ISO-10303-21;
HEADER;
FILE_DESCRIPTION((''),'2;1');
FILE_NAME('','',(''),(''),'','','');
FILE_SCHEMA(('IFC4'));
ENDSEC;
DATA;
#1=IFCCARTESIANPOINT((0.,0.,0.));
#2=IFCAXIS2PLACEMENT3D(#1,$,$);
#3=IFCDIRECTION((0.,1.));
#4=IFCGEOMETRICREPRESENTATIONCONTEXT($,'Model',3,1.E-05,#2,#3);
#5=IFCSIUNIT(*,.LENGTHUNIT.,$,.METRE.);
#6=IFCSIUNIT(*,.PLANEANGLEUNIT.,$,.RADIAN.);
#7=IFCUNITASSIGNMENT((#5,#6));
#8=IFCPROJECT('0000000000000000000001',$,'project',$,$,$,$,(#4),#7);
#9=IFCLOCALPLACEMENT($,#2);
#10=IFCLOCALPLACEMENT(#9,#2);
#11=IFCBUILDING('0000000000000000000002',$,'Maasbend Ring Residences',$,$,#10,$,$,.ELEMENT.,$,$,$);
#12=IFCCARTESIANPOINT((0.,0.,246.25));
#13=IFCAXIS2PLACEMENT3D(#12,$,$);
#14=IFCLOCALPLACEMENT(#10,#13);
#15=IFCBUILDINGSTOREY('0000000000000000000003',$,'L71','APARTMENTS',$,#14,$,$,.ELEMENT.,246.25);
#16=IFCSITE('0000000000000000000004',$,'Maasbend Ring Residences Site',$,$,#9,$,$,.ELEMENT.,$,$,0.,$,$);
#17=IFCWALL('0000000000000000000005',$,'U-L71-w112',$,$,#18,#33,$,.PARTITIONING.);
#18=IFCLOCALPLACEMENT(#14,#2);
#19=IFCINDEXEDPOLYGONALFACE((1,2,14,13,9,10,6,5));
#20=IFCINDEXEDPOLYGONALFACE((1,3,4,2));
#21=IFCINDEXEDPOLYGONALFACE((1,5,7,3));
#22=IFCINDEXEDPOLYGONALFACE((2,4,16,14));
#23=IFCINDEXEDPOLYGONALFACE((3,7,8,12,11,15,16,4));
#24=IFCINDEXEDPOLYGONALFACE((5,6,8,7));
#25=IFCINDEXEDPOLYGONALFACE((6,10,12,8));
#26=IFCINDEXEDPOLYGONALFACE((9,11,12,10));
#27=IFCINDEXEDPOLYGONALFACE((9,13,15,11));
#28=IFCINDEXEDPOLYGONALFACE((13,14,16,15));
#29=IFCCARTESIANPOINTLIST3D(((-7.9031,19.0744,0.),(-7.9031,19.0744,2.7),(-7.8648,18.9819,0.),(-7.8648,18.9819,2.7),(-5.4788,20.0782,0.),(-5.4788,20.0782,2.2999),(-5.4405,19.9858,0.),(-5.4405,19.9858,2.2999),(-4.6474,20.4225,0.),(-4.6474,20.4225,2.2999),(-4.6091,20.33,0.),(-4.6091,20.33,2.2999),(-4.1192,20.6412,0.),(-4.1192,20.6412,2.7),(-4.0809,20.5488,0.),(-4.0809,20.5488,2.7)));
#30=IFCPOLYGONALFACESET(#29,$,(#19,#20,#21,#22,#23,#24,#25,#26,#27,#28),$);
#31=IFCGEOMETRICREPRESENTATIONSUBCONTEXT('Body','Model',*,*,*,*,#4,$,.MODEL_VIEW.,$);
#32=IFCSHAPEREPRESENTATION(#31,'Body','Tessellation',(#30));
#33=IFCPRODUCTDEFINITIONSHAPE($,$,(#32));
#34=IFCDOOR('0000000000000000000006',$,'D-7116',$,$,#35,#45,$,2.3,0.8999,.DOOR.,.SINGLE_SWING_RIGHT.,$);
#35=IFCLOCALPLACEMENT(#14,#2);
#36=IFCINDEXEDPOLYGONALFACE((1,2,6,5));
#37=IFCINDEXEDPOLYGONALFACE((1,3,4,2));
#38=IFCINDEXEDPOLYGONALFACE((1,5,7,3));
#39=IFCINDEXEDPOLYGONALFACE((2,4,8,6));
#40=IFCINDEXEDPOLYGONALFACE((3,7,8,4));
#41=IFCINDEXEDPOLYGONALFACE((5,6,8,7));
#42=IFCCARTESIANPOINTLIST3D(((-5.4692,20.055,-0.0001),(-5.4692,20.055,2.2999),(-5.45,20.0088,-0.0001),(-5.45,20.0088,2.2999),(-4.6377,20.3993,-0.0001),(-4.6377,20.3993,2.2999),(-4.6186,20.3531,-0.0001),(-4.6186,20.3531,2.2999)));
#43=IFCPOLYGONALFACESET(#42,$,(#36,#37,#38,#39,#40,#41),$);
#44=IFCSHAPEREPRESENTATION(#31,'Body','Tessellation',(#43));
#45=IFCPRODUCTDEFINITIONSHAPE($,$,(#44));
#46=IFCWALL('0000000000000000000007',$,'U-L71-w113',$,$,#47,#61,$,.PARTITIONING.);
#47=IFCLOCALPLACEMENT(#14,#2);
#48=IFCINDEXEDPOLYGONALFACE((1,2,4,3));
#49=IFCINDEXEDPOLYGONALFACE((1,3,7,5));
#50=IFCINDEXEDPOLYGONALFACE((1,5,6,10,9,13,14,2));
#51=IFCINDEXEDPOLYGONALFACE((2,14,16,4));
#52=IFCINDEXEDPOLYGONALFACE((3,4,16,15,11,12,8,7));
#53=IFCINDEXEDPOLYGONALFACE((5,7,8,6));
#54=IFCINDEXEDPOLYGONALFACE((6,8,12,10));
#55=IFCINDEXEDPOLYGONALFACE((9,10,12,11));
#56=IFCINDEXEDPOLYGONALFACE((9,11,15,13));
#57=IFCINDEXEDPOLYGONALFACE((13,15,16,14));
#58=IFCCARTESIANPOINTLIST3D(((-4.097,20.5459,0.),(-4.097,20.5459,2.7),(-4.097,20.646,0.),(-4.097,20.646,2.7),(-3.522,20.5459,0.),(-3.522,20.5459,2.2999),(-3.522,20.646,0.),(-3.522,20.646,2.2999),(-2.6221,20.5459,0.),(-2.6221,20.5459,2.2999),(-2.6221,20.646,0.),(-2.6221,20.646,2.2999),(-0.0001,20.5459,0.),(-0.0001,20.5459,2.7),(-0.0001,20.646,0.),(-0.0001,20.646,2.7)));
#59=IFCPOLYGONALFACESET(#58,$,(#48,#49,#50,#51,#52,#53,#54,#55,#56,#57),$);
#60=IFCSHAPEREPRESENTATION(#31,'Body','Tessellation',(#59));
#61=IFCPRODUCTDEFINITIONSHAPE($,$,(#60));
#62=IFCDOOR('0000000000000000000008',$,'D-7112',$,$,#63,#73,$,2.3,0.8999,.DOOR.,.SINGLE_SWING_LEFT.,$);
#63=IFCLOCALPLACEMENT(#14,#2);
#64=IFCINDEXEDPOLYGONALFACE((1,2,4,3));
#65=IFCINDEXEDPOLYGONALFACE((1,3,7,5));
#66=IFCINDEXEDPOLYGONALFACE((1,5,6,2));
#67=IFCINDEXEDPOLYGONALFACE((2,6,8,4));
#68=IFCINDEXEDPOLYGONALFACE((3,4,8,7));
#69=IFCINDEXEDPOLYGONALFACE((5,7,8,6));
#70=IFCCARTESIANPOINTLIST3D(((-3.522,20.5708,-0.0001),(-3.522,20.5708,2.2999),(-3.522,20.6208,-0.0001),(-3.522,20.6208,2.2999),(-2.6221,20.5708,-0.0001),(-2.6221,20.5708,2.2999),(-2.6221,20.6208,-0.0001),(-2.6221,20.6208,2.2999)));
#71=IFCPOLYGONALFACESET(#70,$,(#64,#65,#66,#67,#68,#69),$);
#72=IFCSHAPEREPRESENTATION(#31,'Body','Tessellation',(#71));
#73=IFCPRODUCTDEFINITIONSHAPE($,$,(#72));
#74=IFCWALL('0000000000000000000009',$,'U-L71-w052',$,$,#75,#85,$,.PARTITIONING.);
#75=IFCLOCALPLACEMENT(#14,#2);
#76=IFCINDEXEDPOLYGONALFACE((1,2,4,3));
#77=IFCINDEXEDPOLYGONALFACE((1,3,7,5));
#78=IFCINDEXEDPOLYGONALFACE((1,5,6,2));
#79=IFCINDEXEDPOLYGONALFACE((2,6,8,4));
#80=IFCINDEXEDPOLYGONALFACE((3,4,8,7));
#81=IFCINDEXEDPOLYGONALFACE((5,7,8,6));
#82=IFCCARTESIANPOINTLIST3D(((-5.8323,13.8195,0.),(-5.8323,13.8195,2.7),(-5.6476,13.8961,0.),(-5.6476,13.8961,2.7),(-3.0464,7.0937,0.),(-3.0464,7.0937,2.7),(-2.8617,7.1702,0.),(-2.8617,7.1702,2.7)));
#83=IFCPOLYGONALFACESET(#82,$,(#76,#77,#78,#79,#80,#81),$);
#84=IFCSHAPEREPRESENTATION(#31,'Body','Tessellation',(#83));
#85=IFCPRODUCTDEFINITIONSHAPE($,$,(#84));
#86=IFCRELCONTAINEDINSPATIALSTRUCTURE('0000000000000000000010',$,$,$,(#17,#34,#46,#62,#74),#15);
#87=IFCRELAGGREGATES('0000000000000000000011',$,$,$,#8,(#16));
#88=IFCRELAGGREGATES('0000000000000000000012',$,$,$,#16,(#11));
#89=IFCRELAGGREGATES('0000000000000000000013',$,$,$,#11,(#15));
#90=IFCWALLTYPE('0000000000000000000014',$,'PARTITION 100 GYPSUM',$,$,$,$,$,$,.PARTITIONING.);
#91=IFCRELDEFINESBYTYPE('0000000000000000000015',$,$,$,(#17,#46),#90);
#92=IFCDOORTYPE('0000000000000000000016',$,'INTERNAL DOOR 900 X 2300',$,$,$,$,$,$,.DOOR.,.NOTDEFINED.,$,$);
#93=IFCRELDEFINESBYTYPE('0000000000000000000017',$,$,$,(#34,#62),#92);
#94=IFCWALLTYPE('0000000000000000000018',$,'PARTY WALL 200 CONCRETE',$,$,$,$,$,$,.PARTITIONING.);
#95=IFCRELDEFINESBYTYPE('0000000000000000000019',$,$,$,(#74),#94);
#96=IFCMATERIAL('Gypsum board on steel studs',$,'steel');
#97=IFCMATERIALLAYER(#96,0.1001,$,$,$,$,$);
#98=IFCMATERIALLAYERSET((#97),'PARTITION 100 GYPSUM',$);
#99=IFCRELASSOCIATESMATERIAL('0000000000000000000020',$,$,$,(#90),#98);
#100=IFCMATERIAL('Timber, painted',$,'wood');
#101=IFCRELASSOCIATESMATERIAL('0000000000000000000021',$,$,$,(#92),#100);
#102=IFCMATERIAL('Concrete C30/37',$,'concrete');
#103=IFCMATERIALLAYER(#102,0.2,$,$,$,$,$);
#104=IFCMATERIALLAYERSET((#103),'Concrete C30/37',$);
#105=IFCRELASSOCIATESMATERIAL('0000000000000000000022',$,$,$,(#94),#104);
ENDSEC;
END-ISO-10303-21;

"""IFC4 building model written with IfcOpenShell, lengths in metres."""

from ifc_helpers import new_model, si_unit, direction, frame, frame_2d, origin, place, context, subcontext, project, spatial, rectangle, extrude, material, layer, layer_set, type_object, element, fill, save


model = new_model("IFC4")

# Units and contexts
model_context = context("Model", 3, precision=1e-05, world=origin(), true_north=direction((0.0, 1.0)))
body_context = subcontext(model_context, "Body", "Model", "MODEL_VIEW")
ifc_project = project(units=[si_unit("LENGTHUNIT", "METRE"), si_unit("PLANEANGLEUNIT", "RADIAN")], contexts=[model_context])

# Site, building, storey
site_placement = place(None, origin())
site = spatial("IfcSite", under=ifc_project, at=site_placement, Name="Maasbend Ring Residences Site", CompositionType="ELEMENT", RefElevation=0.0)
building_placement = place(site_placement, origin())
building = spatial("IfcBuilding", under=site, at=building_placement, Name="Maasbend Ring Residences", CompositionType="ELEMENT")
storey_placement = place(building_placement, frame((0.0, 0.0, 246.25)))
storey = spatial("IfcBuildingStorey", under=building, at=storey_placement, Name="L71", Description="APARTMENTS", CompositionType="ELEMENT", Elevation=246.25)

# Shared definitions
ifc_material_1 = material(Name="Gypsum board on steel studs", Category="steel")
ifc_layer_1 = layer(ifc_material_1, 0.1001)
ifc_layer_set_1 = layer_set([ifc_layer_1], Name="PARTITION 100 GYPSUM")
wall_type_1 = type_object("IfcWallType", Name="PARTITION 100 GYPSUM", PredefinedType="PARTITIONING", material=ifc_layer_set_1)

# Walls, openings, doors
ifc_material_2 = material(Name="Timber, painted", Category="wood")
door_type_1 = type_object("IfcDoorType", Name="INTERNAL DOOR 900 X 2300", OperationType="NOTDEFINED", PredefinedType="DOOR", material=ifc_material_2)
wall_1_placement = place(storey_placement, frame((-7.884, 19.0281, 0.0), z_axis=(0.0, 0.0, 1.0), x_axis=(0.923919, 0.382587, 0.0)))
wall_1 = element("IfcWall", 1, at=wall_1_placement, inside=storey, type_object=wall_type_1, Name="U-L71-w112", PredefinedType="PARTITIONING", context=body_context, shape_type="SweptSolid", body=[
    extrude(rectangle(XDim=4.0955, YDim=0.1001, at=frame_2d((2.0479, 0.0))), origin(), (0.0, 0.0, 1.0), 2.7),
])
opening_1_placement = place(wall_1_placement, frame((2.624, 0.0, 0.0)))
opening_1 = element("IfcOpeningElement", 2, at=opening_1_placement, cuts=wall_1, PredefinedType="OPENING", context=body_context, shape_type="SweptSolid", body=[
    extrude(rectangle(XDim=0.8999, YDim=2.3, at=frame_2d((0.45, 1.1499))), frame((0.0, 0.0601, 0.0), z_axis=(0.0, -1.0, 0.0), x_axis=(1.0, 0.0, 0.0)), (0.0, 0.0, 1.0), 0.1201),
])
door_1_placement = place(opening_1_placement, origin())
door_1 = element("IfcDoor", 3, at=door_1_placement, inside=storey, type_object=door_type_1, Name="D-7116", OperationType="SINGLE_SWING_RIGHT", OverallHeight=2.3, OverallWidth=0.8999, PredefinedType="DOOR", context=body_context, shape_type="SweptSolid", body=[
    extrude(rectangle(XDim=0.8999, YDim=2.3, at=frame_2d((0.45, 1.1499))), frame((0.0, 0.0249, 0.0), z_axis=(0.0, -1.0, 0.0), x_axis=(1.0, 0.0, 0.0)), (0.0, 0.0, 1.0), 0.05),
])
fill(opening_1, door_1)
wall_2_placement = place(storey_placement, frame((-4.0969, 20.5959, 0.0), z_axis=(0.0, 0.0, 1.0), x_axis=(1.0, 0.0, 0.0)))
wall_2 = element("IfcWall", 4, at=wall_2_placement, inside=storey, type_object=wall_type_1, Name="U-L71-w113", PredefinedType="PARTITIONING", context=body_context, shape_type="SweptSolid", body=[
    extrude(rectangle(XDim=4.0969, YDim=0.1001, at=frame_2d((2.0483, 0.0))), origin(), (0.0, 0.0, 1.0), 2.7),
])
opening_2_placement = place(wall_2_placement, frame((0.575, 0.0, 0.0)))
opening_2 = element("IfcOpeningElement", 5, at=opening_2_placement, cuts=wall_2, PredefinedType="OPENING", context=body_context, shape_type="SweptSolid", body=[
    extrude(rectangle(XDim=0.8999, YDim=2.3, at=frame_2d((0.45, 1.1499))), frame((0.0, 0.0601, 0.0), z_axis=(0.0, -1.0, 0.0), x_axis=(1.0, 0.0, 0.0)), (0.0, 0.0, 1.0), 0.1201),
])
door_2_placement = place(opening_2_placement, origin())
door_2 = element("IfcDoor", 6, at=door_2_placement, inside=storey, type_object=door_type_1, Name="D-7112", OperationType="SINGLE_SWING_LEFT", OverallHeight=2.3, OverallWidth=0.8999, PredefinedType="DOOR", context=body_context, shape_type="SweptSolid", body=[
    extrude(rectangle(XDim=0.8999, YDim=2.3, at=frame_2d((0.45, 1.1499))), frame((0.0, 0.0249, 0.0), z_axis=(0.0, -1.0, 0.0), x_axis=(1.0, 0.0, 0.0)), (0.0, 0.0, 1.0), 0.05),
])
fill(opening_2, door_2)

# Wall
ifc_material_3 = material(Name="Concrete C30/37", Category="concrete")
ifc_layer_2 = layer(ifc_material_3, 0.2)
ifc_layer_set_2 = layer_set([ifc_layer_2], Name="Concrete C30/37")
wall_type_2 = type_object("IfcWallType", Name="PARTY WALL 200 CONCRETE", PredefinedType="PARTITIONING", material=ifc_layer_set_2)
wall_3_placement = place(storey_placement, frame((-5.74, 13.8579, 0.0), z_axis=(0.0, 0.0, 1.0), x_axis=(0.382679, -0.923882, 0.0)))
element("IfcWall", 7, at=wall_3_placement, inside=storey, type_object=wall_type_2, Name="U-L71-w052", PredefinedType="PARTITIONING", context=body_context, shape_type="SweptSolid", body=[
    extrude(rectangle(XDim=7.28, YDim=0.2, at=frame_2d((3.6401, 0.0))), origin(), (0.0, 0.0, 1.0), 2.7),
])

save(model, "model.ifc")
